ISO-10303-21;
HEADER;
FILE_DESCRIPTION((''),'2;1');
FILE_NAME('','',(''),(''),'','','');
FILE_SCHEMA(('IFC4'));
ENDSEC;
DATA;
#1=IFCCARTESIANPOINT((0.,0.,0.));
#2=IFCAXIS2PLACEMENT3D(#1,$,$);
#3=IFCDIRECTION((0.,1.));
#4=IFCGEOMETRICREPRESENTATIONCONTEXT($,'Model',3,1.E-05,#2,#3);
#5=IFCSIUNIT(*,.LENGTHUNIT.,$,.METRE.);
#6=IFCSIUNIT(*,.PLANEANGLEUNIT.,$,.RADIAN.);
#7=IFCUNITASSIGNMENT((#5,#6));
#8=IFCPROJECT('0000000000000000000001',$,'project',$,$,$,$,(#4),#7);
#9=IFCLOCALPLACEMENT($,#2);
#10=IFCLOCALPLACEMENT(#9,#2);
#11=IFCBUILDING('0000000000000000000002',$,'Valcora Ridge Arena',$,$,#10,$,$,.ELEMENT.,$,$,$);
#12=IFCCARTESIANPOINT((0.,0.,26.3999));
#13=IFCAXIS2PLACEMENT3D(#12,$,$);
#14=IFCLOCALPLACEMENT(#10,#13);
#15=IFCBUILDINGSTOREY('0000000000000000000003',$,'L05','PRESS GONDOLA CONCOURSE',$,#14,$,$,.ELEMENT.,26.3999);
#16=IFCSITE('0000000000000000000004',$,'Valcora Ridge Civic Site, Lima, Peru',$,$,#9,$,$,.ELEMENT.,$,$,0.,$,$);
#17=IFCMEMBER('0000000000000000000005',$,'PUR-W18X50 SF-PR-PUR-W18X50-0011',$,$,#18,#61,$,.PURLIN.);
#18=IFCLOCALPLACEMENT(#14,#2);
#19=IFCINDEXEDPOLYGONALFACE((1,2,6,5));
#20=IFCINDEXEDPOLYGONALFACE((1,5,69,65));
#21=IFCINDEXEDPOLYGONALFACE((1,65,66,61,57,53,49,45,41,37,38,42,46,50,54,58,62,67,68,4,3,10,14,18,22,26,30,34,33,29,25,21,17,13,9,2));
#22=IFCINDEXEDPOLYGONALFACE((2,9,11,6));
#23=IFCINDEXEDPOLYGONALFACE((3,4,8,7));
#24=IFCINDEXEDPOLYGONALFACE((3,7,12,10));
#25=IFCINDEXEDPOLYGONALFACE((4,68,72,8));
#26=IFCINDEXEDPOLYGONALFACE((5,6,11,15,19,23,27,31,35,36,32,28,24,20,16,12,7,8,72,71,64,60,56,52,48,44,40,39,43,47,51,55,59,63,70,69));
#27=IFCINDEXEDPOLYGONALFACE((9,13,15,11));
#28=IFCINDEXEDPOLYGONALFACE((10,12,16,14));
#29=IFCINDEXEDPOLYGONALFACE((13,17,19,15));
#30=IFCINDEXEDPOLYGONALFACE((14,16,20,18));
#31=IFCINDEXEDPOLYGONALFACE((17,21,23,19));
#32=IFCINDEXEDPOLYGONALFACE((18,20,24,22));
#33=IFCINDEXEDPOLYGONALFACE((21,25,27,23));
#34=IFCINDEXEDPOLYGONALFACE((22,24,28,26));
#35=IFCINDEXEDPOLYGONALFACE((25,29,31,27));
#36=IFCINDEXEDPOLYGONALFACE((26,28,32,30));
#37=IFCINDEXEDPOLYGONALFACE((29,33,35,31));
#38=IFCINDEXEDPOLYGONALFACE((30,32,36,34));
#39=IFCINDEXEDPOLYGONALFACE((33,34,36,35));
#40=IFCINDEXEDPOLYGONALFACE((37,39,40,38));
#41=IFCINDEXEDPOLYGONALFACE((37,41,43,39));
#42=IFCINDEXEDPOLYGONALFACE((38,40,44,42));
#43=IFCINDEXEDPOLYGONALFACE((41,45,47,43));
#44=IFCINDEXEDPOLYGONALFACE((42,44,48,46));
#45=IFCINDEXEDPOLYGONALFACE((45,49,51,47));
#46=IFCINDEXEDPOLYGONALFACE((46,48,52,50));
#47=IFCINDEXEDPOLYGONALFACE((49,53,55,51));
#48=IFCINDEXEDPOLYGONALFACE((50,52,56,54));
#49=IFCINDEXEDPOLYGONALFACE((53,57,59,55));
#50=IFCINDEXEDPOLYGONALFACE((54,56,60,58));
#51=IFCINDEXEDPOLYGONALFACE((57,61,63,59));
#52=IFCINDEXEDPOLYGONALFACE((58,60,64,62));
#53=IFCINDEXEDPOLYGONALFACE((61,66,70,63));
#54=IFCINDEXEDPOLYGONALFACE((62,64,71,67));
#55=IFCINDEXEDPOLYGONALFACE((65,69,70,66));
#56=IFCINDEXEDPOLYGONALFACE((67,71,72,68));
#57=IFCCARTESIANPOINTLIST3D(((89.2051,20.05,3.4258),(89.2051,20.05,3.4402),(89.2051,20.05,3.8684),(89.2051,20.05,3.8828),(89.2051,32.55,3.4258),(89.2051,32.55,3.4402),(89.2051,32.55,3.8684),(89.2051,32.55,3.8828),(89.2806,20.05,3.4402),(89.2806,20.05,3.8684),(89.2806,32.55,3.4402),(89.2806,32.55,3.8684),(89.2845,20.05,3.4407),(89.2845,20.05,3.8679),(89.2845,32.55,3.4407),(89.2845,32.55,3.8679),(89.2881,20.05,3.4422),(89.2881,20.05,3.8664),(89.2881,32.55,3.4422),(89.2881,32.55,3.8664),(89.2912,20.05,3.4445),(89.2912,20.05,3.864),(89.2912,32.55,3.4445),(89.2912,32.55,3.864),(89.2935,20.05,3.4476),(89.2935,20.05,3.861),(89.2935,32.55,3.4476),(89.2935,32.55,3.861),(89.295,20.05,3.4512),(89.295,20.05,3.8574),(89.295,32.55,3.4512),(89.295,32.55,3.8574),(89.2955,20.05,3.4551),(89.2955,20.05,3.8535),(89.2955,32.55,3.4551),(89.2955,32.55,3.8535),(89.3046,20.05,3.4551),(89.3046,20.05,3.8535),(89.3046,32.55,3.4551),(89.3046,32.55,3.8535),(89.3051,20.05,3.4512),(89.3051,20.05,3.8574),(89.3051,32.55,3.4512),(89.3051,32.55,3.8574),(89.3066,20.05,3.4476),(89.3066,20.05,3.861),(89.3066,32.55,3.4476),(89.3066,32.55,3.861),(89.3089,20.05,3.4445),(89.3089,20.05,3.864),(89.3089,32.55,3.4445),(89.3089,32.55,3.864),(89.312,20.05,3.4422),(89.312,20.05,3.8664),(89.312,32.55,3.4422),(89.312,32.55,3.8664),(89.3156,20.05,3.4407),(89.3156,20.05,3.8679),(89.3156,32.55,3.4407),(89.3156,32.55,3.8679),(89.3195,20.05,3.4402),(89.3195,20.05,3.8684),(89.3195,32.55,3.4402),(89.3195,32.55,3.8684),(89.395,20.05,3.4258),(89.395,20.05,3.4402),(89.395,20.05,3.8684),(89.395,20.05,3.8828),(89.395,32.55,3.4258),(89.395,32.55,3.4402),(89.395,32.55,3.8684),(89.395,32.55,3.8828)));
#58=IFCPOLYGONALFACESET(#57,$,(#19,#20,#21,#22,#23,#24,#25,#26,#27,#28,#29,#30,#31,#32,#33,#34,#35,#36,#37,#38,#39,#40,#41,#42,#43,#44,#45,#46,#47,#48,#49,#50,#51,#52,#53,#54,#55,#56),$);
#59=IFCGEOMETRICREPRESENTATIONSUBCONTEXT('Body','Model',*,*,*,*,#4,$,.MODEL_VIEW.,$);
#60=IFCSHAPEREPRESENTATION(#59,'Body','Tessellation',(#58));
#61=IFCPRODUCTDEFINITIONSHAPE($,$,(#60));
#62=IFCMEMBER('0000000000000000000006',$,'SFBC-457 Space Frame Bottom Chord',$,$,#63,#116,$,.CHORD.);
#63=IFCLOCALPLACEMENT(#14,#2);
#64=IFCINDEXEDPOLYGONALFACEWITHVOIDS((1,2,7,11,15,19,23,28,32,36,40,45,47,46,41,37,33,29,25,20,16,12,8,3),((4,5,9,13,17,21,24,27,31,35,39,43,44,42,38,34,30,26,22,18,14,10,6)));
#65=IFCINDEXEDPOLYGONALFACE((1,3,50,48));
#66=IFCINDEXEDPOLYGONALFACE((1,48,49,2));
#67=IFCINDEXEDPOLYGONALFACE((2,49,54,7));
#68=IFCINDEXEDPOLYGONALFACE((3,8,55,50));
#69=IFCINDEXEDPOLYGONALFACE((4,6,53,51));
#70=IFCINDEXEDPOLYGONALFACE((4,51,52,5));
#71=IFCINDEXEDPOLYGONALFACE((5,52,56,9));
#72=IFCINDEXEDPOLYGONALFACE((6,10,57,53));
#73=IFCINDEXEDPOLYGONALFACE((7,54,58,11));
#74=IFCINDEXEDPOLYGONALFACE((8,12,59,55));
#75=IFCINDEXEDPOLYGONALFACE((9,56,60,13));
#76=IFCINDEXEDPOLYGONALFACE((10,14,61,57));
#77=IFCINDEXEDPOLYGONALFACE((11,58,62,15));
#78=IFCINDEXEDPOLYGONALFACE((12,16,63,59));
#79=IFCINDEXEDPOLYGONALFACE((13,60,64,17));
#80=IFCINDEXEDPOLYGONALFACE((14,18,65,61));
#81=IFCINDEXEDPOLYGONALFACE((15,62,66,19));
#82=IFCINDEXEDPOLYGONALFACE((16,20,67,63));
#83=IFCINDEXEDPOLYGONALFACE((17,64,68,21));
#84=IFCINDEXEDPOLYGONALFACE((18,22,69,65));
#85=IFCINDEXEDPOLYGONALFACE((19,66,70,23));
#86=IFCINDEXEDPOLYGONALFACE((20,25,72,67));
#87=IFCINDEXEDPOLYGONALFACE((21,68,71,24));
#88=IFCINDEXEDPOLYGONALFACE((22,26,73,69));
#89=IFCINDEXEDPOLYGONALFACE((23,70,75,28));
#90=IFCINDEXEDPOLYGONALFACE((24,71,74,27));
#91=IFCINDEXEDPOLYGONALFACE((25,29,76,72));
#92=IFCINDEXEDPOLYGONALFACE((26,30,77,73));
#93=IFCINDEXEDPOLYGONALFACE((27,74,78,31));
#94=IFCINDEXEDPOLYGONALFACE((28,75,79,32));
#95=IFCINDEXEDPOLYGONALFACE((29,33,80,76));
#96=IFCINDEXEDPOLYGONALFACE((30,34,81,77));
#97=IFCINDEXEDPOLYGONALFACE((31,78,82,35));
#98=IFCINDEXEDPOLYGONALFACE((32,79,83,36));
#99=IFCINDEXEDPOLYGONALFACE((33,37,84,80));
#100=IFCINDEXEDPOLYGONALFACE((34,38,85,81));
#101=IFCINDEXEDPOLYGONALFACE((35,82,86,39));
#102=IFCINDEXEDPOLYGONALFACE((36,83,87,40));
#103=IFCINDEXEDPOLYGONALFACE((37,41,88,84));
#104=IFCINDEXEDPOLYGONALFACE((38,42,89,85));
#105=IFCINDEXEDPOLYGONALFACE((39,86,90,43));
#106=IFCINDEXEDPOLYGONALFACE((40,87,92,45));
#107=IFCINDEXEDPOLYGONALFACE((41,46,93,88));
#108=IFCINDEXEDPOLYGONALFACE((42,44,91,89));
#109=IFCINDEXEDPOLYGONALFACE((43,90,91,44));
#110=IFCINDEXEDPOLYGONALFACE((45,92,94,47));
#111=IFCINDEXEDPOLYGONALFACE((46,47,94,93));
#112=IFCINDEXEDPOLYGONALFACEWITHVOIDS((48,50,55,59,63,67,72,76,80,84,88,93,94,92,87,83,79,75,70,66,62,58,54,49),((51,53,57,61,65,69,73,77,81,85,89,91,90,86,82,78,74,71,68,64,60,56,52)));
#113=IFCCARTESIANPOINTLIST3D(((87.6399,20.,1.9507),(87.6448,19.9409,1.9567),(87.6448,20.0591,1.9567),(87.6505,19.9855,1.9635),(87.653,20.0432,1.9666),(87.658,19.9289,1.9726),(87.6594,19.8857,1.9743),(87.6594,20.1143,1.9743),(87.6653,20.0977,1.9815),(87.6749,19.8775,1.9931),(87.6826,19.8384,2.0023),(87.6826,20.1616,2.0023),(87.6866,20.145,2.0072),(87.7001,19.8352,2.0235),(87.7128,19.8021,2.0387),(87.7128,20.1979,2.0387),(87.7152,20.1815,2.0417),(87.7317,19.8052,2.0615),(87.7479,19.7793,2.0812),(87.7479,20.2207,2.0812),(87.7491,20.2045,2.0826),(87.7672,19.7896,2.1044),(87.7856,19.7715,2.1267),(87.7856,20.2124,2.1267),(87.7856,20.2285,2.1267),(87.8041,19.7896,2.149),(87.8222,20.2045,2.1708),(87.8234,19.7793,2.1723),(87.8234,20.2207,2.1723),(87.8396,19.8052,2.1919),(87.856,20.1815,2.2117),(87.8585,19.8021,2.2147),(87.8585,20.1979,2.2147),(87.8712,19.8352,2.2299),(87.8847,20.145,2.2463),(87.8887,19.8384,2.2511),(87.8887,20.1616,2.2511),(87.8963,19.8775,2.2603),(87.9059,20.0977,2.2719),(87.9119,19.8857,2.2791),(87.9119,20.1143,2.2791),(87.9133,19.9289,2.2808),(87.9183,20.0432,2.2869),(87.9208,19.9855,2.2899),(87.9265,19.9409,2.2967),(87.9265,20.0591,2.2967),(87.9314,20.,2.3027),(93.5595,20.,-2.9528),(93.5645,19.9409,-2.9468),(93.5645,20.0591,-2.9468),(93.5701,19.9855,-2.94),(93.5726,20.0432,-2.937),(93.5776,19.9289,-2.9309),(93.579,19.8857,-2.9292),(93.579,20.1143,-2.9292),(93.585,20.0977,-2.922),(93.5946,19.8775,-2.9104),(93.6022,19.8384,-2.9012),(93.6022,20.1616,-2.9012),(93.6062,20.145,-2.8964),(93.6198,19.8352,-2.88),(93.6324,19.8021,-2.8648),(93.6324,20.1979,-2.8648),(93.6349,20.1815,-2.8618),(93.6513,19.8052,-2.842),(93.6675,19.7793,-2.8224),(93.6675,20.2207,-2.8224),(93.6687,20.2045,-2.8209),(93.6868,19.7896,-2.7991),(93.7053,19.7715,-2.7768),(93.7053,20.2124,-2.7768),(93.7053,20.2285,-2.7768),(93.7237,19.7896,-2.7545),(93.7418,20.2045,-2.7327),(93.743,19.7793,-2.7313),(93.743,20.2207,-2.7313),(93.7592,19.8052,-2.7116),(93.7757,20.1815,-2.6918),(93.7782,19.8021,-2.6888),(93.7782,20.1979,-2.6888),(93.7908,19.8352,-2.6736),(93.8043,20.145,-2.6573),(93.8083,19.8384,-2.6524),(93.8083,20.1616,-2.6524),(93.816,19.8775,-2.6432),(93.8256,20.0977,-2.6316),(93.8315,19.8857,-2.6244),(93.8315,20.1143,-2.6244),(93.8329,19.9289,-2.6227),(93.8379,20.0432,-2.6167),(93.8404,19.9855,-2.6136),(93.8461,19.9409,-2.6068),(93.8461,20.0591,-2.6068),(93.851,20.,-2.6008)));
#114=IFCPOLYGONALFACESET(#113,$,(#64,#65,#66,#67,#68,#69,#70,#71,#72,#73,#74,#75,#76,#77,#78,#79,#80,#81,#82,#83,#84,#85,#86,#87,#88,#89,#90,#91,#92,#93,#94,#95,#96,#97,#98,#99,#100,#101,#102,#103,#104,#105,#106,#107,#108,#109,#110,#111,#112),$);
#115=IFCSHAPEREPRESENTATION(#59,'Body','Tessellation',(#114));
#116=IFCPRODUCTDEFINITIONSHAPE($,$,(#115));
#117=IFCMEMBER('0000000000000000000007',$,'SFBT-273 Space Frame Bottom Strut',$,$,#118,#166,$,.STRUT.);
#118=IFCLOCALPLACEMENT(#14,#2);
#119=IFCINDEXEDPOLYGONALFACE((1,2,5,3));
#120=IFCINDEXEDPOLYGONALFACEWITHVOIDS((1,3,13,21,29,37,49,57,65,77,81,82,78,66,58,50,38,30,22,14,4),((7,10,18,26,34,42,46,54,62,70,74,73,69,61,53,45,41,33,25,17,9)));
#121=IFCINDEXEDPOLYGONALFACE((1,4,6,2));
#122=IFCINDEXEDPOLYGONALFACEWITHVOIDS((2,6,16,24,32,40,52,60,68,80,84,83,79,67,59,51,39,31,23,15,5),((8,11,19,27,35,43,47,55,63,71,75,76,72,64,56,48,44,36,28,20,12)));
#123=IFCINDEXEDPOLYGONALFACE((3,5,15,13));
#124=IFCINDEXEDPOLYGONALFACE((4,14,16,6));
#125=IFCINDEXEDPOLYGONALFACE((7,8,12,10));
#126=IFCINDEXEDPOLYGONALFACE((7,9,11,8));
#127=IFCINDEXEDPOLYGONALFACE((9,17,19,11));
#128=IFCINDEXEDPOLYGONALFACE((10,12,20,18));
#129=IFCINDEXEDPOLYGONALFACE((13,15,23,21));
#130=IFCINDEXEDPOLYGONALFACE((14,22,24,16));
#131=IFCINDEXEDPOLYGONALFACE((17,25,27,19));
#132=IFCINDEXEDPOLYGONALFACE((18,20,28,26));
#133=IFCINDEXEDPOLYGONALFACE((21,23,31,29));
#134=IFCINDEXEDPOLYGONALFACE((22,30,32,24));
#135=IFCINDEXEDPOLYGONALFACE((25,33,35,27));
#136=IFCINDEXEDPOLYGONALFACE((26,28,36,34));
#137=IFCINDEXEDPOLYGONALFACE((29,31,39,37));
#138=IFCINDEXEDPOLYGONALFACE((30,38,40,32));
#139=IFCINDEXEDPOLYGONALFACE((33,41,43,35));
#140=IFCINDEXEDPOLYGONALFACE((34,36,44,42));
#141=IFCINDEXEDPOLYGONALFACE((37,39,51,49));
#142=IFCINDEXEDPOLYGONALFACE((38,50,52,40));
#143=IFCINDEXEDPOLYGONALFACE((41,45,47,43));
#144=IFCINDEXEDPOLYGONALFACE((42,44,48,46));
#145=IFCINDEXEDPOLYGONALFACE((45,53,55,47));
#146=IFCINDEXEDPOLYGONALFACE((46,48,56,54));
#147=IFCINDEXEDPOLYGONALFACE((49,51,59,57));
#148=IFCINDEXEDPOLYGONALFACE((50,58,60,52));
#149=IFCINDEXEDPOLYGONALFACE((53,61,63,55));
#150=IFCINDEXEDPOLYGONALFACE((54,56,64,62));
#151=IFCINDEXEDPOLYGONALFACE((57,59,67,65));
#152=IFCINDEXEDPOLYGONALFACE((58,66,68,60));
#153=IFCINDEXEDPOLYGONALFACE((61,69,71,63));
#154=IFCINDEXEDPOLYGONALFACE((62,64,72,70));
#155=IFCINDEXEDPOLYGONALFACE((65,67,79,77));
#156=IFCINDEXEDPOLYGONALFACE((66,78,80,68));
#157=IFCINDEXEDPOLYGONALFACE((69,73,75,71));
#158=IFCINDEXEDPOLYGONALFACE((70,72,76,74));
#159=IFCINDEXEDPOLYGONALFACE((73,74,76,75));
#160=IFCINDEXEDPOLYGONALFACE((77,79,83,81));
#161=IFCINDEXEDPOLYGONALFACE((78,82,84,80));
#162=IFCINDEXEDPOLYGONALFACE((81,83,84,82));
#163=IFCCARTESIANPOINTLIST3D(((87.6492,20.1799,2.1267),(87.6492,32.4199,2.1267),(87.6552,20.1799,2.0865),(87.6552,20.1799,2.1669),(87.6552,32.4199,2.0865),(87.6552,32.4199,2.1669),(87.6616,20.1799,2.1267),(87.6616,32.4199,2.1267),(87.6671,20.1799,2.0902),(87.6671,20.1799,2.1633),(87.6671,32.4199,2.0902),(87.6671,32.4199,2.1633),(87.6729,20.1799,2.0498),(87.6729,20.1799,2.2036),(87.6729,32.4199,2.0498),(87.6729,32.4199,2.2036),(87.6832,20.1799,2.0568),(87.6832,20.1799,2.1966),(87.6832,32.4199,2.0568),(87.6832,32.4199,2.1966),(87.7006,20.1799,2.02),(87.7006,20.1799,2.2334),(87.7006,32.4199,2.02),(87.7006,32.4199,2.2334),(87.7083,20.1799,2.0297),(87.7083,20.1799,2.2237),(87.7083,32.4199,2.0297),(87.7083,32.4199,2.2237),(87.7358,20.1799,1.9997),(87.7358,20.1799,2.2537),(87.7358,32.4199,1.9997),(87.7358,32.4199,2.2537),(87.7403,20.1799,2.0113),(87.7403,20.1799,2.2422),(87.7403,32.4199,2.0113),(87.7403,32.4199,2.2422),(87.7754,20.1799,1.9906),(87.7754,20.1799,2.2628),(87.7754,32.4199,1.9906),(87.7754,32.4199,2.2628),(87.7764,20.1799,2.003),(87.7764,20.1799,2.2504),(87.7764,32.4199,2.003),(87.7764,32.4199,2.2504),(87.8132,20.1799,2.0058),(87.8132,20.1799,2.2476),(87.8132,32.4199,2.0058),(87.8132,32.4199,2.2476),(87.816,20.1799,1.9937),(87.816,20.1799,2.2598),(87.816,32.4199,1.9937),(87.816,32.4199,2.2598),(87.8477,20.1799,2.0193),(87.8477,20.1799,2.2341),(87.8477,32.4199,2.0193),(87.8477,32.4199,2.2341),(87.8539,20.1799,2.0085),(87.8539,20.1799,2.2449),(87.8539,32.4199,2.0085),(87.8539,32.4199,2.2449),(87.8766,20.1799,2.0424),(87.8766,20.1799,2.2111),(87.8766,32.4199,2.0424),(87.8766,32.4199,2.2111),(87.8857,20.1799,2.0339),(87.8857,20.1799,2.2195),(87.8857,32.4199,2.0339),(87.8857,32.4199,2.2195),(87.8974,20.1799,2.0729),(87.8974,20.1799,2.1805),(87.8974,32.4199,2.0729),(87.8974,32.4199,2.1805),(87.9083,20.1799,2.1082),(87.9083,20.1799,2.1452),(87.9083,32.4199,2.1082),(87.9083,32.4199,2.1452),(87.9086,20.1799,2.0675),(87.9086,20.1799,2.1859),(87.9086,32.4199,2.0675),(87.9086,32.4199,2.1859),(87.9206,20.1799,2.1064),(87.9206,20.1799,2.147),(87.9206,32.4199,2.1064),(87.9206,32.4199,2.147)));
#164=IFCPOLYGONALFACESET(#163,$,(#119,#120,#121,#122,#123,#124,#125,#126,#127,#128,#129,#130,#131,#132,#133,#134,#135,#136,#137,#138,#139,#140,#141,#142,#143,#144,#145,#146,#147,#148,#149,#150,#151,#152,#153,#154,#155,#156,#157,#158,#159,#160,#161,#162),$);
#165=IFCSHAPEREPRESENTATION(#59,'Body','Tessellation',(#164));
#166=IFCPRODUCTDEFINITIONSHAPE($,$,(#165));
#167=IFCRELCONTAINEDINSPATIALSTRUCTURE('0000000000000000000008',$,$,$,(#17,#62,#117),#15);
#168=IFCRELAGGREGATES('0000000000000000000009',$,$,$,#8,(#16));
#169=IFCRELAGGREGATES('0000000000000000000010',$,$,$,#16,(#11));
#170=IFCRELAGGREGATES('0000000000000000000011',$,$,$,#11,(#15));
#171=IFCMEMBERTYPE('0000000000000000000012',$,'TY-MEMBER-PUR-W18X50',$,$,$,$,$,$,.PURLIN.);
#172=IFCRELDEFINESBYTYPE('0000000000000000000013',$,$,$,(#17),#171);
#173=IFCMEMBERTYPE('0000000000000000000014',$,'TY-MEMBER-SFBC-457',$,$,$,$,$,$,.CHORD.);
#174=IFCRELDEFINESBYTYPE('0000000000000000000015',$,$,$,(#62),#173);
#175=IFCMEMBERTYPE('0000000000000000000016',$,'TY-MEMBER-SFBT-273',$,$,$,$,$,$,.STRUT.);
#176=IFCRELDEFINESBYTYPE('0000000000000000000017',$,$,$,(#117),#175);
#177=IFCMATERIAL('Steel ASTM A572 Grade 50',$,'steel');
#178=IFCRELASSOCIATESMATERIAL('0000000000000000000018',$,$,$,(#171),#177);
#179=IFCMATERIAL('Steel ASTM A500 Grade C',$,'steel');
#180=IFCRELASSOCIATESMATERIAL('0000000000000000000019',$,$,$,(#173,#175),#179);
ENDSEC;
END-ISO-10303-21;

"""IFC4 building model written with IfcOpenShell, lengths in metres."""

from ifc_helpers import new_model, si_unit, direction, frame, origin, origin_2d, place, context, subcontext, project, spatial, hollow_circle, i_section, extrude, material, material_profile, profile_set, type_object, element, save


model = new_model("IFC4")

# Units and contexts
model_context = context("Model", 3, precision=1e-05, world=origin(), true_north=direction((0.0, 1.0)))
body_context = subcontext(model_context, "Body", "Model", "MODEL_VIEW")
ifc_project = project(units=[si_unit("LENGTHUNIT", "METRE"), si_unit("PLANEANGLEUNIT", "RADIAN")], contexts=[model_context])

# Site, building, storey
site_placement = place(None, origin())
site = spatial("IfcSite", under=ifc_project, at=site_placement, Name="Valcora Ridge Civic Site, Lima, Peru", CompositionType="ELEMENT", RefElevation=0.0)
building_placement = place(site_placement, origin())
building = spatial("IfcBuilding", under=site, at=building_placement, Name="Valcora Ridge Arena", CompositionType="ELEMENT")
storey_placement = place(building_placement, frame((0.0, 0.0, 26.3999)))
storey = spatial("IfcBuildingStorey", under=building, at=storey_placement, Name="L05", Description="PRESS GONDOLA CONCOURSE", CompositionType="ELEMENT", Elevation=26.3999)

# Members
ifc_material_1 = material(Name="Steel ASTM A572 Grade 50", Category="steel")
ifc_material_profile_1 = material_profile(ifc_material_1, i_section(OverallWidth=0.1899, OverallDepth=0.457, WebThickness=0.009, FlangeThickness=0.0144, FilletRadius=0.0149, at=origin_2d()), Name="W18X50")
ifc_profile_set_1 = profile_set([ifc_material_profile_1], Name="Steel ASTM A572 Grade 50")
member_type_1 = type_object("IfcMemberType", Name="TY-MEMBER-PUR-W18X50", PredefinedType="PURLIN", material=ifc_profile_set_1)
for number, where, z_axis, x_axis, name in (
    (1, (89.3, 20.05, 3.6543), (0.0, 1.0, 0.0), (-1.0, 0.0, 0.0), "PUR-W18X50 SF-PR-PUR-W18X50-0011"),
):
    element("IfcMember", number, at=place(storey_placement, frame(where, z_axis=z_axis, x_axis=x_axis)), inside=storey, type_object=member_type_1, Name=name, PredefinedType="PURLIN", context=body_context, shape_type="SweptSolid", body=[
        extrude(i_section(OverallWidth=0.1899, OverallDepth=0.457, WebThickness=0.009, FlangeThickness=0.0144, FilletRadius=0.0149, at=origin_2d()), origin(), (0.0, 0.0, 1.0), 12.5),
    ])
ifc_material_2 = material(Name="Steel ASTM A500 Grade C", Category="steel")
ifc_material_profile_2 = material_profile(ifc_material_2, hollow_circle(Radius=0.2285, WallThickness=0.0161, at=origin_2d()), Name="CHS457X16")
ifc_profile_set_2 = profile_set([ifc_material_profile_2], Name="Steel ASTM A500 Grade C")
member_type_2 = type_object("IfcMemberType", Name="TY-MEMBER-SFBC-457", PredefinedType="CHORD", material=ifc_profile_set_2)
member_1_placement = place(storey_placement, frame((87.7856, 20.0, 2.1267), z_axis=(0.770105, 0.0, -0.637917), x_axis=(0.0, 1.0, 0.0)))
element("IfcMember", 2, at=member_1_placement, inside=storey, type_object=member_type_2, Name="SFBC-457 Space Frame Bottom Chord", PredefinedType="CHORD", context=body_context, shape_type="SweptSolid", body=[
    extrude(hollow_circle(Radius=0.2285, WallThickness=0.0161, at=origin_2d()), origin(), (0.0, 0.0, 1.0), 7.6868),
])
ifc_material_profile_3 = material_profile(ifc_material_2, hollow_circle(Radius=0.1365, WallThickness=0.0125, at=origin_2d()), Name="CHS273X12")
ifc_profile_set_3 = profile_set([ifc_material_profile_3], Name="Steel ASTM A500 Grade C")
member_type_3 = type_object("IfcMemberType", Name="TY-MEMBER-SFBT-273", PredefinedType="STRUT", material=ifc_profile_set_3)
member_2_placement = place(storey_placement, frame((87.7856, 20.1799, 2.1267), z_axis=(0.0, 1.0, 0.0), x_axis=(-1.0, 0.0, 0.0)))
element("IfcMember", 3, at=member_2_placement, inside=storey, type_object=member_type_3, Name="SFBT-273 Space Frame Bottom Strut", PredefinedType="STRUT", context=body_context, shape_type="SweptSolid", body=[
    extrude(hollow_circle(Radius=0.1365, WallThickness=0.0125, at=origin_2d()), origin(), (0.0, 0.0, 1.0), 12.24),
])

save(model, "model.ifc")
